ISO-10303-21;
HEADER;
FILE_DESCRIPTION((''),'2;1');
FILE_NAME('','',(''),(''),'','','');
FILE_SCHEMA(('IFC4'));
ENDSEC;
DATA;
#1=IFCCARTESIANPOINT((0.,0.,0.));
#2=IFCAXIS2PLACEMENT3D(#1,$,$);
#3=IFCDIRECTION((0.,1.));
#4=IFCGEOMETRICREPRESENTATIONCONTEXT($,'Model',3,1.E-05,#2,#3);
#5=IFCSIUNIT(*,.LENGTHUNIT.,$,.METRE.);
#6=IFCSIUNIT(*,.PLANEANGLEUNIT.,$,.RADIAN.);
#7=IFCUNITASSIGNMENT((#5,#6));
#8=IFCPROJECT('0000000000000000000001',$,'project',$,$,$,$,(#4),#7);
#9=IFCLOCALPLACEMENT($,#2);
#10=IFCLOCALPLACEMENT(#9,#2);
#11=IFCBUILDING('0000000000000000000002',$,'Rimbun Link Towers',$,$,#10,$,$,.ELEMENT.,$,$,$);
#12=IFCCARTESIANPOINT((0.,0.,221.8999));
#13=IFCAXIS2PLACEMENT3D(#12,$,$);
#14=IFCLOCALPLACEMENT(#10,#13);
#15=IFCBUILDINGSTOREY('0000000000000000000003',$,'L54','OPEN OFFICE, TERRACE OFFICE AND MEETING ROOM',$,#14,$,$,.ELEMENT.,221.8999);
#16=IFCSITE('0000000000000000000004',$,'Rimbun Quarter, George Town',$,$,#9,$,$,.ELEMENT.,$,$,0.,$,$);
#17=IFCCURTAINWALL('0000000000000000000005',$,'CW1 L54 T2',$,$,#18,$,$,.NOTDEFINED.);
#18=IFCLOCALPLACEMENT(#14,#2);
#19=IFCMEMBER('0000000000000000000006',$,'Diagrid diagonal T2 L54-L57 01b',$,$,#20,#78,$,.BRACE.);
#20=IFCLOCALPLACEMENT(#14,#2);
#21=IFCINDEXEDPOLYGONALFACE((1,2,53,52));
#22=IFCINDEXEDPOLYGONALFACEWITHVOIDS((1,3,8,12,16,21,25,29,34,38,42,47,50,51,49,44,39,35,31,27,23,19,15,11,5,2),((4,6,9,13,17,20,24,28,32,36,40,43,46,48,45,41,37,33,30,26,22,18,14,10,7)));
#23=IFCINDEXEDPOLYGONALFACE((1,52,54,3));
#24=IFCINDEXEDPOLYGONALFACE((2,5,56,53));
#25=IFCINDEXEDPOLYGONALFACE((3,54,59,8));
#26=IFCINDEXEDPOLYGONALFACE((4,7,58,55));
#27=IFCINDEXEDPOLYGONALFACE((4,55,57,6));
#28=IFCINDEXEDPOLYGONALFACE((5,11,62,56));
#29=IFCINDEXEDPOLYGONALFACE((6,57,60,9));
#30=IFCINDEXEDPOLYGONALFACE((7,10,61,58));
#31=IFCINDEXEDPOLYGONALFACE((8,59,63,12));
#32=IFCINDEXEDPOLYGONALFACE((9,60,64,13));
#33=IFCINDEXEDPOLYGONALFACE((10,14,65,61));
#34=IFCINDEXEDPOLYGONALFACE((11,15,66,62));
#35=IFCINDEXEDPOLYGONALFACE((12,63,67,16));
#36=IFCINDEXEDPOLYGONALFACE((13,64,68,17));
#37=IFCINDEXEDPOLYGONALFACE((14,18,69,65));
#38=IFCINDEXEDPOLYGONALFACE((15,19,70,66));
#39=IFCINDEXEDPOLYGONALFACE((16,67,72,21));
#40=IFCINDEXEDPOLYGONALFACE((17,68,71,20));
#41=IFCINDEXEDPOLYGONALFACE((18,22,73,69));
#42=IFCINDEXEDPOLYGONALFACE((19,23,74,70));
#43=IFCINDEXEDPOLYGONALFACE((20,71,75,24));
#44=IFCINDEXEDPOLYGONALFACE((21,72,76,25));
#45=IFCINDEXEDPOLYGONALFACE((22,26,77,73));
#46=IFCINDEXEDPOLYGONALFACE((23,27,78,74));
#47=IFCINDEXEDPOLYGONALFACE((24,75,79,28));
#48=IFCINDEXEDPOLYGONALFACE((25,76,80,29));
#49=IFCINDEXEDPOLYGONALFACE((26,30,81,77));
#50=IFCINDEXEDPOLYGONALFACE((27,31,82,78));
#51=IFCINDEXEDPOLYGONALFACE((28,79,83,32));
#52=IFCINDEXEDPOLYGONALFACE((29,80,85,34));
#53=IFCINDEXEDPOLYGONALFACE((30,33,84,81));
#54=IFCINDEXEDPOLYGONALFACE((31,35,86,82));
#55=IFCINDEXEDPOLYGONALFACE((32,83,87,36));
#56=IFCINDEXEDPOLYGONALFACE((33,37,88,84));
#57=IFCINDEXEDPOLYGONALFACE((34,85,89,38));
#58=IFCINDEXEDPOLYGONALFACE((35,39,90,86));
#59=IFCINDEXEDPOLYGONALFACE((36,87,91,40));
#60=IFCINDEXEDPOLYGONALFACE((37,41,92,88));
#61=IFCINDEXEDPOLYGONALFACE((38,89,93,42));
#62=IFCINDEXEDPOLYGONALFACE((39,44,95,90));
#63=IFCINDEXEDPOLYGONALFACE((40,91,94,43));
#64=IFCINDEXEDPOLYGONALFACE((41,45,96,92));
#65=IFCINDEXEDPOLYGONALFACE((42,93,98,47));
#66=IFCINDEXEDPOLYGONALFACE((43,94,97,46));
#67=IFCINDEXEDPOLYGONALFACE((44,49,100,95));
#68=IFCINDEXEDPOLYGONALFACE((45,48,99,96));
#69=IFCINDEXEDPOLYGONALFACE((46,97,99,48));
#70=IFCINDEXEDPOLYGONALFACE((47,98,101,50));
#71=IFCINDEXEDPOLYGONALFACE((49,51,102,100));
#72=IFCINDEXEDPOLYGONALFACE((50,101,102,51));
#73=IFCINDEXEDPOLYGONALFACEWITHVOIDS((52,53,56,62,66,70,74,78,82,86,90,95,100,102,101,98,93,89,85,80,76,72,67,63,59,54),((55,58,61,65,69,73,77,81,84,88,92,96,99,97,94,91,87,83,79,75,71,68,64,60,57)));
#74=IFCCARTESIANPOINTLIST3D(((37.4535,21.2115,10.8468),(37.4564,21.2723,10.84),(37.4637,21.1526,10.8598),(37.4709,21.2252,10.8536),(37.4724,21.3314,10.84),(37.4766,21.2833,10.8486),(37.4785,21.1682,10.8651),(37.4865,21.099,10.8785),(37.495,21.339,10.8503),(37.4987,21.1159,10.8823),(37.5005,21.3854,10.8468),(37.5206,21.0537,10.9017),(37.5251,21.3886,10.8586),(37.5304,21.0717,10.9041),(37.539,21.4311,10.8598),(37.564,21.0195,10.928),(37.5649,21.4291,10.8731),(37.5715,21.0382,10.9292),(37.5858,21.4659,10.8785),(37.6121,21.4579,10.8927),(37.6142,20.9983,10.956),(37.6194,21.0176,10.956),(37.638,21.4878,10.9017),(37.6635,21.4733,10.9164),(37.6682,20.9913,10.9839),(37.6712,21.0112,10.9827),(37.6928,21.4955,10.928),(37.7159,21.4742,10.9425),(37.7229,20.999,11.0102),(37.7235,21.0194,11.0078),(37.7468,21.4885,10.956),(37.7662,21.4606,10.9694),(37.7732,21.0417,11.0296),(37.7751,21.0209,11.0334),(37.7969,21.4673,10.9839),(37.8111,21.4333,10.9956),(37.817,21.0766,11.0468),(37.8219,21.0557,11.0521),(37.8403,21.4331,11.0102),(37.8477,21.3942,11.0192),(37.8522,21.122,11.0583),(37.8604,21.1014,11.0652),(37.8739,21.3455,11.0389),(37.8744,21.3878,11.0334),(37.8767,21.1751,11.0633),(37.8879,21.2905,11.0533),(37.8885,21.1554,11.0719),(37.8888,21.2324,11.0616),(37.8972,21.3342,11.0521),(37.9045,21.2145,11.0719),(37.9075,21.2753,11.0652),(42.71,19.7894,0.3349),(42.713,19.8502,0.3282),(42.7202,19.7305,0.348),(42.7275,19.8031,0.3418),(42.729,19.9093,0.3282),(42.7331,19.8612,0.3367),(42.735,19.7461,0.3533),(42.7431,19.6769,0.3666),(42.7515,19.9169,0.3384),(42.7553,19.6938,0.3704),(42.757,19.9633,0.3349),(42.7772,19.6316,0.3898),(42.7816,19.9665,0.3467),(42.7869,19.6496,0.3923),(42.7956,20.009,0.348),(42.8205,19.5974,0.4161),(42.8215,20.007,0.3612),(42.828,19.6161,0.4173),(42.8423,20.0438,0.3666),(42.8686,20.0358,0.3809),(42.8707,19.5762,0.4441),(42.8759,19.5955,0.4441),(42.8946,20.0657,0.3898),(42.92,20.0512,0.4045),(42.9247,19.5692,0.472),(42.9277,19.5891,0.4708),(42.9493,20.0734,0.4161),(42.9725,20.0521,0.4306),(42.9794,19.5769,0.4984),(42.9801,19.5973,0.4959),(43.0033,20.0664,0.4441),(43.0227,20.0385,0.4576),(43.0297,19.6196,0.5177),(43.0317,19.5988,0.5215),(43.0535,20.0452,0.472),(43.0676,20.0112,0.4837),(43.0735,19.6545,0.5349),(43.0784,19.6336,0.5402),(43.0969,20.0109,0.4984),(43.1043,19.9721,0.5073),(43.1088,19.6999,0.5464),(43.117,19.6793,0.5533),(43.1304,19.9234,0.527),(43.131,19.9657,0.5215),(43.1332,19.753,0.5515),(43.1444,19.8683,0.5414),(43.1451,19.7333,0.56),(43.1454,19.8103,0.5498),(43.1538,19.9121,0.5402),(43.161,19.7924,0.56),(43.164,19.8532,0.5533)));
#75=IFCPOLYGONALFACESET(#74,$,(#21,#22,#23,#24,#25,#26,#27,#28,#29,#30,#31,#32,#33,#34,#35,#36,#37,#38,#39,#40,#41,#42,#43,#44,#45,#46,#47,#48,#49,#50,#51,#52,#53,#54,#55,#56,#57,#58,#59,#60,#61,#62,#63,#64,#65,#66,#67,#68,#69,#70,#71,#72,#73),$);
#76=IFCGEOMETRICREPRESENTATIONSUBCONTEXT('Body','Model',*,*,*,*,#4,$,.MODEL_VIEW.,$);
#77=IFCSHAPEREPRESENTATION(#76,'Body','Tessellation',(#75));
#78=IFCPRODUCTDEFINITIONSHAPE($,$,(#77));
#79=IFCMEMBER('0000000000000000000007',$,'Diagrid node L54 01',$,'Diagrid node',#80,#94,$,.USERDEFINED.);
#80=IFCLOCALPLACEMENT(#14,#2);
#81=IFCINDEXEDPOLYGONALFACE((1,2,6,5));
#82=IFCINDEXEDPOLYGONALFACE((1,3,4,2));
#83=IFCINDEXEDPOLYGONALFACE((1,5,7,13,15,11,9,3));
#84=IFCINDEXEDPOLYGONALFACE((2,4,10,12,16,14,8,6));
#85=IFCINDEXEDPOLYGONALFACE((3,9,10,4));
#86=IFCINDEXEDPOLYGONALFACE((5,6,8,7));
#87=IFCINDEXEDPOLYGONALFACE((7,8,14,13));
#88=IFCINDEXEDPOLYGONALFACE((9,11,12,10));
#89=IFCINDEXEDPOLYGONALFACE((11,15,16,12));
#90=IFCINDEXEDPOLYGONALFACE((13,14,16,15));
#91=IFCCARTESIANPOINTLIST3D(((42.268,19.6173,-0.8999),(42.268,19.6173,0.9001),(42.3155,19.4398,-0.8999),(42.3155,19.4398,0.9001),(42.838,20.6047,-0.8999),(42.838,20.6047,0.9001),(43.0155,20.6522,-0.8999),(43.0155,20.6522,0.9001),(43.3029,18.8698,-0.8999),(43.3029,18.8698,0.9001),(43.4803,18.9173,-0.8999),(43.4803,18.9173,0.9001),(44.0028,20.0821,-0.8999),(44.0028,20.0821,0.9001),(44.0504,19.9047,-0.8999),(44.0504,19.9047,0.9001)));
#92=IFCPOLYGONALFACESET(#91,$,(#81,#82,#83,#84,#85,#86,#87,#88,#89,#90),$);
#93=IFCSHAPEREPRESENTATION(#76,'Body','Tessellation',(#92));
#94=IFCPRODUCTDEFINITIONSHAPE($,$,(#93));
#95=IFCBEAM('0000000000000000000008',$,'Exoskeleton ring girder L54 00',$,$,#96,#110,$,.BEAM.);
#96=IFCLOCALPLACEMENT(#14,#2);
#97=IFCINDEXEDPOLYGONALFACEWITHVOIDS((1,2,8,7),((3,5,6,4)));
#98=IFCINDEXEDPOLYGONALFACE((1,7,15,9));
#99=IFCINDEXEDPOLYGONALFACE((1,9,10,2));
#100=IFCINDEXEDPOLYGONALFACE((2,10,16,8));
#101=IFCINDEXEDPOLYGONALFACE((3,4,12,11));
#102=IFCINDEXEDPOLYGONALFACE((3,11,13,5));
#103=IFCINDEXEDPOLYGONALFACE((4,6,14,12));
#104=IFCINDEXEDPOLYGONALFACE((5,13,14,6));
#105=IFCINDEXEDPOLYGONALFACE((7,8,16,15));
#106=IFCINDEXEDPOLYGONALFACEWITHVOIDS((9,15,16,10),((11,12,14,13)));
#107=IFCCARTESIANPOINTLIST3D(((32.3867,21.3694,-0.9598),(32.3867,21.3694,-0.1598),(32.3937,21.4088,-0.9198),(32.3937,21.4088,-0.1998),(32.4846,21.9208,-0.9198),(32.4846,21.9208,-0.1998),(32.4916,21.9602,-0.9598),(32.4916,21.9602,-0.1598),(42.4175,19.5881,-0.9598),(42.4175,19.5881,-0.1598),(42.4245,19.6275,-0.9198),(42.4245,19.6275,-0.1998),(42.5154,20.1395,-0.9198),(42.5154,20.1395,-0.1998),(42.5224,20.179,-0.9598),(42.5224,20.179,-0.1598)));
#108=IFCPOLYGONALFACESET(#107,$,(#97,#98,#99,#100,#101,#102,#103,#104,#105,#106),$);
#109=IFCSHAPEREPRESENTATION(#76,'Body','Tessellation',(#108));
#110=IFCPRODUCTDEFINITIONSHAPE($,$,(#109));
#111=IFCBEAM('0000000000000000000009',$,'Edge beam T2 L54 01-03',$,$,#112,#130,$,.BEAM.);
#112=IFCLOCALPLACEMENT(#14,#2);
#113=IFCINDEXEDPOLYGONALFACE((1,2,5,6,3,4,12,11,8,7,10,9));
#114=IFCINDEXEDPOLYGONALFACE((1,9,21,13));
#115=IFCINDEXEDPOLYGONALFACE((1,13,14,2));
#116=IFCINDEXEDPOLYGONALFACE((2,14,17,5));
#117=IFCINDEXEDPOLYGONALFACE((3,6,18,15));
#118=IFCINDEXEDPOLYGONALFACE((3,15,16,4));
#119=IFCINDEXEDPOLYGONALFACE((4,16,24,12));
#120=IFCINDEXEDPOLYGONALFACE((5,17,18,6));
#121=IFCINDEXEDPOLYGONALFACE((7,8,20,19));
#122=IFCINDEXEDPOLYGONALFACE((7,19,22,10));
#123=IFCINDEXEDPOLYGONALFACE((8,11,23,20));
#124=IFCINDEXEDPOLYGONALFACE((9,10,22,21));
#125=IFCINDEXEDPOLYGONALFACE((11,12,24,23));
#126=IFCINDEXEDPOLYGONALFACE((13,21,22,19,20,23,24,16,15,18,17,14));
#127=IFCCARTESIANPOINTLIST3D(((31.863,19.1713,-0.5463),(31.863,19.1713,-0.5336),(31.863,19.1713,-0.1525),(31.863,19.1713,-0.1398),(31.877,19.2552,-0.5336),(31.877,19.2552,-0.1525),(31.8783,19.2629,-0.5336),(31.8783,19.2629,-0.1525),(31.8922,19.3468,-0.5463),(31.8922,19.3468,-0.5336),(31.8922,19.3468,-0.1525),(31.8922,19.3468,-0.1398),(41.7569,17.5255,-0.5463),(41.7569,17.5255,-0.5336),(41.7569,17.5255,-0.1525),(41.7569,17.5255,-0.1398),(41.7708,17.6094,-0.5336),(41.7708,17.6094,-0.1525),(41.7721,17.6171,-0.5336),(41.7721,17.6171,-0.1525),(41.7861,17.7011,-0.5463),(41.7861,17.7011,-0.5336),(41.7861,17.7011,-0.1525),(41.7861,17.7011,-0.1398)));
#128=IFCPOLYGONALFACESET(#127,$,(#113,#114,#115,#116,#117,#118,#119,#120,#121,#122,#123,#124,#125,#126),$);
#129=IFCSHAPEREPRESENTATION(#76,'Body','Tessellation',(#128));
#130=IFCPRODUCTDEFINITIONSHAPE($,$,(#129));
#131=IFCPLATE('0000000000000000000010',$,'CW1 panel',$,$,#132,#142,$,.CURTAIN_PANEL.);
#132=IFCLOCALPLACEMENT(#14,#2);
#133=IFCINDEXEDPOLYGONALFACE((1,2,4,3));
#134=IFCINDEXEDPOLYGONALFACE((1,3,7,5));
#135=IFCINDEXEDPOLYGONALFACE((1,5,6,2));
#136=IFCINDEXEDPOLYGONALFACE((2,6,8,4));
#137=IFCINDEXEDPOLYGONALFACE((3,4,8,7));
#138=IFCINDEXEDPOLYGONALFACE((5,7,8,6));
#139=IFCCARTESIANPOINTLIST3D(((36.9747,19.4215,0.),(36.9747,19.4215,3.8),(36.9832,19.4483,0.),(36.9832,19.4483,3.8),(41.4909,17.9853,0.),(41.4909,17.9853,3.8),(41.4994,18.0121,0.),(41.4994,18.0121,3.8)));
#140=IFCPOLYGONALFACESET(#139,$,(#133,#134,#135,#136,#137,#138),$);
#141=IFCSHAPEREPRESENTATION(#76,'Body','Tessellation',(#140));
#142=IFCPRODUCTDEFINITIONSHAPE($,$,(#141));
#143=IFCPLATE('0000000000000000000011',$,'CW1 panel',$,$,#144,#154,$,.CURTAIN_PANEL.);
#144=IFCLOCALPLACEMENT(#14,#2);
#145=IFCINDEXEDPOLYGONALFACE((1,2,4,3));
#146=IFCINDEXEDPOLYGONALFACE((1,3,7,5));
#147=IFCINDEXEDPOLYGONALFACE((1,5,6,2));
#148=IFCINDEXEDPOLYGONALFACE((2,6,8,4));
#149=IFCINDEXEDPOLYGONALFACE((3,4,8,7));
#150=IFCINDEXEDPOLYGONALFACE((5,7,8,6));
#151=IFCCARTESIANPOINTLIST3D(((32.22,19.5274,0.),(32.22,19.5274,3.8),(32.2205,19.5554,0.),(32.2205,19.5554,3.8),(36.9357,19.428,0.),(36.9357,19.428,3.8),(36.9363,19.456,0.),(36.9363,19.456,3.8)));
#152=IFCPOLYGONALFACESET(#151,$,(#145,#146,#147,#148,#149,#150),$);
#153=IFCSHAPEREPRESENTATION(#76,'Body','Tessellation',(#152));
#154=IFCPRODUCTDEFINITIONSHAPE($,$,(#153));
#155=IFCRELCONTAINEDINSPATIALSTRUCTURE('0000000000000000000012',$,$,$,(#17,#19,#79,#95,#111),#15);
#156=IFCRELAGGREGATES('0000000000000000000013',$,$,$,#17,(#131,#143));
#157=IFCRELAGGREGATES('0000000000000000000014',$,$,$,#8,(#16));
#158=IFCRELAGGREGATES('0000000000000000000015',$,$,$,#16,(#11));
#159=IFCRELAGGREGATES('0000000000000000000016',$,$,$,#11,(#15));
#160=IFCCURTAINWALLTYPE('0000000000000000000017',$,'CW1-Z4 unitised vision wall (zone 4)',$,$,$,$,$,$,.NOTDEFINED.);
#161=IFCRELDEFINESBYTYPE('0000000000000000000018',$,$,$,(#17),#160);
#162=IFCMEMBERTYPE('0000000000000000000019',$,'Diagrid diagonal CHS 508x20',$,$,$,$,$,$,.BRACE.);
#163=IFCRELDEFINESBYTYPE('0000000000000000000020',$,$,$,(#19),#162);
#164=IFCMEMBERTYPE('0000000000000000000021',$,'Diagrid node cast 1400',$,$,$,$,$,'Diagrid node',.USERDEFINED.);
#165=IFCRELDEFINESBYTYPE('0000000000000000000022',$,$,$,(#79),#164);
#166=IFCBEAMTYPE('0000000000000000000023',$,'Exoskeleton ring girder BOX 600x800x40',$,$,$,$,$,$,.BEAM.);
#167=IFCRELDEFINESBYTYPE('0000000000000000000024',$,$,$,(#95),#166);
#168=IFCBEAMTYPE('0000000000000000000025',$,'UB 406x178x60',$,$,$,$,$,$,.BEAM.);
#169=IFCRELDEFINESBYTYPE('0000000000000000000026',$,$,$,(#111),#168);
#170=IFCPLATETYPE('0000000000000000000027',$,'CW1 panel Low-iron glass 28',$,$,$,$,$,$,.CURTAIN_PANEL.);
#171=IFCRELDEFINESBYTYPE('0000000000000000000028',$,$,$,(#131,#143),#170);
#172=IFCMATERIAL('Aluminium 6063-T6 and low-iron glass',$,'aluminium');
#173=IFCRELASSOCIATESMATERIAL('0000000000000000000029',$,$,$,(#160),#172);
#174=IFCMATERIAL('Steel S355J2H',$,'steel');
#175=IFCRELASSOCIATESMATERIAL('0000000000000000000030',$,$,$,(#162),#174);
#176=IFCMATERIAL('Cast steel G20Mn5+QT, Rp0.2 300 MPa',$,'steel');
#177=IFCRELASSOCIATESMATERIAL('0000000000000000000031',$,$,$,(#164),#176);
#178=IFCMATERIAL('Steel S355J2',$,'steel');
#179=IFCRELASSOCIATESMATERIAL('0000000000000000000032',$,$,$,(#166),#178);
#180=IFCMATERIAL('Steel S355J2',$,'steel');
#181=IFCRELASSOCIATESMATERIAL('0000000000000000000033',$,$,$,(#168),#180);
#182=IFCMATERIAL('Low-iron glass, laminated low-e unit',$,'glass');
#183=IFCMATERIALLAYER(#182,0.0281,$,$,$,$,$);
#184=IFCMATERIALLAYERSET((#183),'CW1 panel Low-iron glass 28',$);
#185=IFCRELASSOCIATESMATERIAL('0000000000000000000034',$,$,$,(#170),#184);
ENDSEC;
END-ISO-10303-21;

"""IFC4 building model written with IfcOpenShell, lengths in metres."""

from ifc_helpers import new_model, si_unit, direction, frame, origin, origin_2d, place, context, subcontext, project, spatial, polyline, rectangle, hollow_rectangle, hollow_circle, i_section, outline, extrude, material, layer, layer_set, material_profile, profile_set, type_object, element, aggregate, save


model = new_model("IFC4")

# Units and contexts
model_context = context("Model", 3, precision=1e-05, world=origin(), true_north=direction((0.0, 1.0)))
body_context = subcontext(model_context, "Body", "Model", "MODEL_VIEW")
ifc_project = project(units=[si_unit("LENGTHUNIT", "METRE"), si_unit("PLANEANGLEUNIT", "RADIAN")], contexts=[model_context])

# Site, building, storey
site_placement = place(None, origin())
site = spatial("IfcSite", under=ifc_project, at=site_placement, Name="Rimbun Quarter, George Town", CompositionType="ELEMENT", RefElevation=0.0)
building_placement = place(site_placement, origin())
building = spatial("IfcBuilding", under=site, at=building_placement, Name="Rimbun Link Towers", CompositionType="ELEMENT")
storey_placement = place(building_placement, frame((0.0, 0.0, 221.8999)))
storey = spatial("IfcBuildingStorey", under=building, at=storey_placement, Name="L54", Description="OPEN OFFICE, TERRACE OFFICE AND MEETING ROOM", CompositionType="ELEMENT", Elevation=221.8999)

# Curtain wall
ifc_material_1 = material(Name="Aluminium 6063-T6 and low-iron glass", Category="aluminium")
curtain_wall_type = type_object("IfcCurtainWallType", Name="CW1-Z4 unitised vision wall (zone 4)", PredefinedType="NOTDEFINED", material=ifc_material_1)
curtain_wall_placement = place(storey_placement, origin())
curtain_wall = element("IfcCurtainWall", 1, at=curtain_wall_placement, inside=storey, type_object=curtain_wall_type, Name="CW1 L54 T2", PredefinedType="NOTDEFINED")

# Members
ifc_material_2 = material(Name="Steel S355J2H", Category="steel")
ifc_material_profile_1 = material_profile(ifc_material_2, hollow_circle(Radius=0.2539, WallThickness=0.02, at=origin_2d()), Name="Diagrid diagonal CHS 508x20")
ifc_profile_set_1 = profile_set([ifc_material_profile_1], Name="Steel S355J2H")
member_type_1 = type_object("IfcMemberType", Name="Diagrid diagonal CHS 508x20", PredefinedType="BRACE", material=ifc_profile_set_1)
member_1_placement = place(storey_placement, frame((42.937, 19.8213, 0.4441), z_axis=(-0.444017, 0.120124, 0.88793), x_axis=(-0.261152, -0.965298, 0.0)))
element("IfcMember", 2, at=member_1_placement, inside=storey, type_object=member_type_1, Name="Diagrid diagonal T2 L54-L57 01b", PredefinedType="BRACE", context=body_context, shape_type="SweptSolid", body=[
    extrude(hollow_circle(Radius=0.2539, WallThickness=0.02, at=origin_2d()), origin(), (0.0, 0.0, 1.0), 11.8386),
])
ifc_material_3 = material(Name="Cast steel G20Mn5+QT, Rp0.2 300 MPa", Category="steel")
ifc_material_profile_2 = material_profile(ifc_material_3, outline(polyline([(0.7, -0.5701), (0.7, 0.5701), (0.5701, 0.7), (-0.5701, 0.7), (-0.7, 0.5701), (-0.7, -0.5701), (-0.5701, -0.7), (0.5701, -0.7), (0.7, -0.5701)])), Name="NODE 1400x1400")
ifc_profile_set_2 = profile_set([ifc_material_profile_2], Name="Cast steel G20Mn5+QT, Rp0.2 300 MPa")
member_type_2 = type_object("IfcMemberType", Name="Diagrid node cast 1400", ElementType="Diagrid node", PredefinedType="USERDEFINED", material=ifc_profile_set_2)
member_2_placement = place(storey_placement, frame((43.1592, 19.761, -0.8999), z_axis=(0.0, 0.0, 1.0), x_axis=(0.5, 0.866025, 0.0)))
element("IfcMember", 3, at=member_2_placement, inside=storey, type_object=member_type_2, Name="Diagrid node L54 01", ObjectType="Diagrid node", PredefinedType="USERDEFINED", context=body_context, shape_type="SweptSolid", body=[
    extrude(outline(polyline([(0.7, -0.5701), (0.7, 0.5701), (0.5701, 0.7), (-0.5701, 0.7), (-0.7, 0.5701), (-0.7, -0.5701), (-0.5701, -0.7), (0.5701, -0.7), (0.7, -0.5701)])), origin(), (0.0, 0.0, 1.0), 1.8),
])

# Beams
ifc_material_4 = material(Name="Steel S355J2", Category="steel")
ifc_material_profile_3 = material_profile(ifc_material_4, hollow_rectangle(XDim=0.6001, YDim=0.8, WallThickness=0.04, at=origin_2d()), Name="Exoskeleton ring girder BOX 600x800x40")
ifc_profile_set_3 = profile_set([ifc_material_profile_3], Name="Steel S355J2")
beam_type_1 = type_object("IfcBeamType", Name="Exoskeleton ring girder BOX 600x800x40", PredefinedType="BEAM", material=ifc_profile_set_3)
beam_1_placement = place(storey_placement, frame((42.47, 19.8835, -0.5598), z_axis=(-0.984596, 0.174843, 0.0), x_axis=(-0.174843, -0.984596, 0.0)))
element("IfcBeam", 4, at=beam_1_placement, inside=storey, type_object=beam_type_1, Name="Exoskeleton ring girder L54 00", PredefinedType="BEAM", context=body_context, shape_type="SweptSolid", body=[
    extrude(hollow_rectangle(XDim=0.6001, YDim=0.8, WallThickness=0.04, at=origin_2d()), origin(), (0.0, 0.0, 1.0), 10.1877),
])
ifc_material_5 = material(Name="Steel S355J2", Category="steel")
ifc_material_profile_4 = material_profile(ifc_material_5, i_section(OverallWidth=0.178, OverallDepth=0.4065, WebThickness=0.0078, FlangeThickness=0.0127, at=origin_2d()), Name="UB 406x178x60")
ifc_profile_set_4 = profile_set([ifc_material_profile_4], Name="Steel S355J2")
beam_type_2 = type_object("IfcBeamType", Name="UB 406x178x60", PredefinedType="BEAM", material=ifc_profile_set_4)
beam_2_placement = place(storey_placement, frame((41.7715, 17.6133, -0.343), z_axis=(-0.986446, 0.164087, 0.0), x_axis=(-0.164087, -0.986446, 0.0)))
element("IfcBeam", 5, at=beam_2_placement, inside=storey, type_object=beam_type_2, Name="Edge beam T2 L54 01-03", PredefinedType="BEAM", context=body_context, shape_type="SweptSolid", body=[
    extrude(i_section(OverallWidth=0.178, OverallDepth=0.4065, WebThickness=0.0078, FlangeThickness=0.0127, at=origin_2d()), origin(), (0.0, 0.0, 1.0), 10.0298),
])

# Plates
ifc_material_6 = material(Name="Low-iron glass, laminated low-e unit", Category="glass")
ifc_layer_1 = layer(ifc_material_6, 0.0281)
ifc_layer_set_1 = layer_set([ifc_layer_1], Name="CW1 panel Low-iron glass 28")
plate_type = type_object("IfcPlateType", Name="CW1 panel Low-iron glass 28", PredefinedType="CURTAIN_PANEL", material=ifc_layer_set_1)
plate_1_placement = place(storey_placement, frame((39.2371, 18.7168, 0.0), z_axis=(0.0, 0.0, 1.0), x_axis=(0.952974, -0.303053, 0.0)))
plate_1 = element("IfcPlate", 6, at=plate_1_placement, type_object=plate_type, Name="CW1 panel", PredefinedType="CURTAIN_PANEL", context=body_context, shape_type="SweptSolid", body=[
    extrude(rectangle(XDim=4.739, YDim=0.0281, at=origin_2d()), origin(), (0.0, 0.0, 1.0), 3.8),
])
plate_2_placement = place(storey_placement, frame((34.5781, 19.4917, 0.0), z_axis=(0.0, 0.0, 1.0), x_axis=(0.999778, -0.021069, 0.0)))
plate_2 = element("IfcPlate", 7, at=plate_2_placement, type_object=plate_type, Name="CW1 panel", PredefinedType="CURTAIN_PANEL", context=body_context, shape_type="SweptSolid", body=[
    extrude(rectangle(XDim=4.7168, YDim=0.0281, at=origin_2d()), origin(), (0.0, 0.0, 1.0), 3.8),
])
aggregate(curtain_wall, [plate_1, plate_2])

save(model, "model.ifc")
